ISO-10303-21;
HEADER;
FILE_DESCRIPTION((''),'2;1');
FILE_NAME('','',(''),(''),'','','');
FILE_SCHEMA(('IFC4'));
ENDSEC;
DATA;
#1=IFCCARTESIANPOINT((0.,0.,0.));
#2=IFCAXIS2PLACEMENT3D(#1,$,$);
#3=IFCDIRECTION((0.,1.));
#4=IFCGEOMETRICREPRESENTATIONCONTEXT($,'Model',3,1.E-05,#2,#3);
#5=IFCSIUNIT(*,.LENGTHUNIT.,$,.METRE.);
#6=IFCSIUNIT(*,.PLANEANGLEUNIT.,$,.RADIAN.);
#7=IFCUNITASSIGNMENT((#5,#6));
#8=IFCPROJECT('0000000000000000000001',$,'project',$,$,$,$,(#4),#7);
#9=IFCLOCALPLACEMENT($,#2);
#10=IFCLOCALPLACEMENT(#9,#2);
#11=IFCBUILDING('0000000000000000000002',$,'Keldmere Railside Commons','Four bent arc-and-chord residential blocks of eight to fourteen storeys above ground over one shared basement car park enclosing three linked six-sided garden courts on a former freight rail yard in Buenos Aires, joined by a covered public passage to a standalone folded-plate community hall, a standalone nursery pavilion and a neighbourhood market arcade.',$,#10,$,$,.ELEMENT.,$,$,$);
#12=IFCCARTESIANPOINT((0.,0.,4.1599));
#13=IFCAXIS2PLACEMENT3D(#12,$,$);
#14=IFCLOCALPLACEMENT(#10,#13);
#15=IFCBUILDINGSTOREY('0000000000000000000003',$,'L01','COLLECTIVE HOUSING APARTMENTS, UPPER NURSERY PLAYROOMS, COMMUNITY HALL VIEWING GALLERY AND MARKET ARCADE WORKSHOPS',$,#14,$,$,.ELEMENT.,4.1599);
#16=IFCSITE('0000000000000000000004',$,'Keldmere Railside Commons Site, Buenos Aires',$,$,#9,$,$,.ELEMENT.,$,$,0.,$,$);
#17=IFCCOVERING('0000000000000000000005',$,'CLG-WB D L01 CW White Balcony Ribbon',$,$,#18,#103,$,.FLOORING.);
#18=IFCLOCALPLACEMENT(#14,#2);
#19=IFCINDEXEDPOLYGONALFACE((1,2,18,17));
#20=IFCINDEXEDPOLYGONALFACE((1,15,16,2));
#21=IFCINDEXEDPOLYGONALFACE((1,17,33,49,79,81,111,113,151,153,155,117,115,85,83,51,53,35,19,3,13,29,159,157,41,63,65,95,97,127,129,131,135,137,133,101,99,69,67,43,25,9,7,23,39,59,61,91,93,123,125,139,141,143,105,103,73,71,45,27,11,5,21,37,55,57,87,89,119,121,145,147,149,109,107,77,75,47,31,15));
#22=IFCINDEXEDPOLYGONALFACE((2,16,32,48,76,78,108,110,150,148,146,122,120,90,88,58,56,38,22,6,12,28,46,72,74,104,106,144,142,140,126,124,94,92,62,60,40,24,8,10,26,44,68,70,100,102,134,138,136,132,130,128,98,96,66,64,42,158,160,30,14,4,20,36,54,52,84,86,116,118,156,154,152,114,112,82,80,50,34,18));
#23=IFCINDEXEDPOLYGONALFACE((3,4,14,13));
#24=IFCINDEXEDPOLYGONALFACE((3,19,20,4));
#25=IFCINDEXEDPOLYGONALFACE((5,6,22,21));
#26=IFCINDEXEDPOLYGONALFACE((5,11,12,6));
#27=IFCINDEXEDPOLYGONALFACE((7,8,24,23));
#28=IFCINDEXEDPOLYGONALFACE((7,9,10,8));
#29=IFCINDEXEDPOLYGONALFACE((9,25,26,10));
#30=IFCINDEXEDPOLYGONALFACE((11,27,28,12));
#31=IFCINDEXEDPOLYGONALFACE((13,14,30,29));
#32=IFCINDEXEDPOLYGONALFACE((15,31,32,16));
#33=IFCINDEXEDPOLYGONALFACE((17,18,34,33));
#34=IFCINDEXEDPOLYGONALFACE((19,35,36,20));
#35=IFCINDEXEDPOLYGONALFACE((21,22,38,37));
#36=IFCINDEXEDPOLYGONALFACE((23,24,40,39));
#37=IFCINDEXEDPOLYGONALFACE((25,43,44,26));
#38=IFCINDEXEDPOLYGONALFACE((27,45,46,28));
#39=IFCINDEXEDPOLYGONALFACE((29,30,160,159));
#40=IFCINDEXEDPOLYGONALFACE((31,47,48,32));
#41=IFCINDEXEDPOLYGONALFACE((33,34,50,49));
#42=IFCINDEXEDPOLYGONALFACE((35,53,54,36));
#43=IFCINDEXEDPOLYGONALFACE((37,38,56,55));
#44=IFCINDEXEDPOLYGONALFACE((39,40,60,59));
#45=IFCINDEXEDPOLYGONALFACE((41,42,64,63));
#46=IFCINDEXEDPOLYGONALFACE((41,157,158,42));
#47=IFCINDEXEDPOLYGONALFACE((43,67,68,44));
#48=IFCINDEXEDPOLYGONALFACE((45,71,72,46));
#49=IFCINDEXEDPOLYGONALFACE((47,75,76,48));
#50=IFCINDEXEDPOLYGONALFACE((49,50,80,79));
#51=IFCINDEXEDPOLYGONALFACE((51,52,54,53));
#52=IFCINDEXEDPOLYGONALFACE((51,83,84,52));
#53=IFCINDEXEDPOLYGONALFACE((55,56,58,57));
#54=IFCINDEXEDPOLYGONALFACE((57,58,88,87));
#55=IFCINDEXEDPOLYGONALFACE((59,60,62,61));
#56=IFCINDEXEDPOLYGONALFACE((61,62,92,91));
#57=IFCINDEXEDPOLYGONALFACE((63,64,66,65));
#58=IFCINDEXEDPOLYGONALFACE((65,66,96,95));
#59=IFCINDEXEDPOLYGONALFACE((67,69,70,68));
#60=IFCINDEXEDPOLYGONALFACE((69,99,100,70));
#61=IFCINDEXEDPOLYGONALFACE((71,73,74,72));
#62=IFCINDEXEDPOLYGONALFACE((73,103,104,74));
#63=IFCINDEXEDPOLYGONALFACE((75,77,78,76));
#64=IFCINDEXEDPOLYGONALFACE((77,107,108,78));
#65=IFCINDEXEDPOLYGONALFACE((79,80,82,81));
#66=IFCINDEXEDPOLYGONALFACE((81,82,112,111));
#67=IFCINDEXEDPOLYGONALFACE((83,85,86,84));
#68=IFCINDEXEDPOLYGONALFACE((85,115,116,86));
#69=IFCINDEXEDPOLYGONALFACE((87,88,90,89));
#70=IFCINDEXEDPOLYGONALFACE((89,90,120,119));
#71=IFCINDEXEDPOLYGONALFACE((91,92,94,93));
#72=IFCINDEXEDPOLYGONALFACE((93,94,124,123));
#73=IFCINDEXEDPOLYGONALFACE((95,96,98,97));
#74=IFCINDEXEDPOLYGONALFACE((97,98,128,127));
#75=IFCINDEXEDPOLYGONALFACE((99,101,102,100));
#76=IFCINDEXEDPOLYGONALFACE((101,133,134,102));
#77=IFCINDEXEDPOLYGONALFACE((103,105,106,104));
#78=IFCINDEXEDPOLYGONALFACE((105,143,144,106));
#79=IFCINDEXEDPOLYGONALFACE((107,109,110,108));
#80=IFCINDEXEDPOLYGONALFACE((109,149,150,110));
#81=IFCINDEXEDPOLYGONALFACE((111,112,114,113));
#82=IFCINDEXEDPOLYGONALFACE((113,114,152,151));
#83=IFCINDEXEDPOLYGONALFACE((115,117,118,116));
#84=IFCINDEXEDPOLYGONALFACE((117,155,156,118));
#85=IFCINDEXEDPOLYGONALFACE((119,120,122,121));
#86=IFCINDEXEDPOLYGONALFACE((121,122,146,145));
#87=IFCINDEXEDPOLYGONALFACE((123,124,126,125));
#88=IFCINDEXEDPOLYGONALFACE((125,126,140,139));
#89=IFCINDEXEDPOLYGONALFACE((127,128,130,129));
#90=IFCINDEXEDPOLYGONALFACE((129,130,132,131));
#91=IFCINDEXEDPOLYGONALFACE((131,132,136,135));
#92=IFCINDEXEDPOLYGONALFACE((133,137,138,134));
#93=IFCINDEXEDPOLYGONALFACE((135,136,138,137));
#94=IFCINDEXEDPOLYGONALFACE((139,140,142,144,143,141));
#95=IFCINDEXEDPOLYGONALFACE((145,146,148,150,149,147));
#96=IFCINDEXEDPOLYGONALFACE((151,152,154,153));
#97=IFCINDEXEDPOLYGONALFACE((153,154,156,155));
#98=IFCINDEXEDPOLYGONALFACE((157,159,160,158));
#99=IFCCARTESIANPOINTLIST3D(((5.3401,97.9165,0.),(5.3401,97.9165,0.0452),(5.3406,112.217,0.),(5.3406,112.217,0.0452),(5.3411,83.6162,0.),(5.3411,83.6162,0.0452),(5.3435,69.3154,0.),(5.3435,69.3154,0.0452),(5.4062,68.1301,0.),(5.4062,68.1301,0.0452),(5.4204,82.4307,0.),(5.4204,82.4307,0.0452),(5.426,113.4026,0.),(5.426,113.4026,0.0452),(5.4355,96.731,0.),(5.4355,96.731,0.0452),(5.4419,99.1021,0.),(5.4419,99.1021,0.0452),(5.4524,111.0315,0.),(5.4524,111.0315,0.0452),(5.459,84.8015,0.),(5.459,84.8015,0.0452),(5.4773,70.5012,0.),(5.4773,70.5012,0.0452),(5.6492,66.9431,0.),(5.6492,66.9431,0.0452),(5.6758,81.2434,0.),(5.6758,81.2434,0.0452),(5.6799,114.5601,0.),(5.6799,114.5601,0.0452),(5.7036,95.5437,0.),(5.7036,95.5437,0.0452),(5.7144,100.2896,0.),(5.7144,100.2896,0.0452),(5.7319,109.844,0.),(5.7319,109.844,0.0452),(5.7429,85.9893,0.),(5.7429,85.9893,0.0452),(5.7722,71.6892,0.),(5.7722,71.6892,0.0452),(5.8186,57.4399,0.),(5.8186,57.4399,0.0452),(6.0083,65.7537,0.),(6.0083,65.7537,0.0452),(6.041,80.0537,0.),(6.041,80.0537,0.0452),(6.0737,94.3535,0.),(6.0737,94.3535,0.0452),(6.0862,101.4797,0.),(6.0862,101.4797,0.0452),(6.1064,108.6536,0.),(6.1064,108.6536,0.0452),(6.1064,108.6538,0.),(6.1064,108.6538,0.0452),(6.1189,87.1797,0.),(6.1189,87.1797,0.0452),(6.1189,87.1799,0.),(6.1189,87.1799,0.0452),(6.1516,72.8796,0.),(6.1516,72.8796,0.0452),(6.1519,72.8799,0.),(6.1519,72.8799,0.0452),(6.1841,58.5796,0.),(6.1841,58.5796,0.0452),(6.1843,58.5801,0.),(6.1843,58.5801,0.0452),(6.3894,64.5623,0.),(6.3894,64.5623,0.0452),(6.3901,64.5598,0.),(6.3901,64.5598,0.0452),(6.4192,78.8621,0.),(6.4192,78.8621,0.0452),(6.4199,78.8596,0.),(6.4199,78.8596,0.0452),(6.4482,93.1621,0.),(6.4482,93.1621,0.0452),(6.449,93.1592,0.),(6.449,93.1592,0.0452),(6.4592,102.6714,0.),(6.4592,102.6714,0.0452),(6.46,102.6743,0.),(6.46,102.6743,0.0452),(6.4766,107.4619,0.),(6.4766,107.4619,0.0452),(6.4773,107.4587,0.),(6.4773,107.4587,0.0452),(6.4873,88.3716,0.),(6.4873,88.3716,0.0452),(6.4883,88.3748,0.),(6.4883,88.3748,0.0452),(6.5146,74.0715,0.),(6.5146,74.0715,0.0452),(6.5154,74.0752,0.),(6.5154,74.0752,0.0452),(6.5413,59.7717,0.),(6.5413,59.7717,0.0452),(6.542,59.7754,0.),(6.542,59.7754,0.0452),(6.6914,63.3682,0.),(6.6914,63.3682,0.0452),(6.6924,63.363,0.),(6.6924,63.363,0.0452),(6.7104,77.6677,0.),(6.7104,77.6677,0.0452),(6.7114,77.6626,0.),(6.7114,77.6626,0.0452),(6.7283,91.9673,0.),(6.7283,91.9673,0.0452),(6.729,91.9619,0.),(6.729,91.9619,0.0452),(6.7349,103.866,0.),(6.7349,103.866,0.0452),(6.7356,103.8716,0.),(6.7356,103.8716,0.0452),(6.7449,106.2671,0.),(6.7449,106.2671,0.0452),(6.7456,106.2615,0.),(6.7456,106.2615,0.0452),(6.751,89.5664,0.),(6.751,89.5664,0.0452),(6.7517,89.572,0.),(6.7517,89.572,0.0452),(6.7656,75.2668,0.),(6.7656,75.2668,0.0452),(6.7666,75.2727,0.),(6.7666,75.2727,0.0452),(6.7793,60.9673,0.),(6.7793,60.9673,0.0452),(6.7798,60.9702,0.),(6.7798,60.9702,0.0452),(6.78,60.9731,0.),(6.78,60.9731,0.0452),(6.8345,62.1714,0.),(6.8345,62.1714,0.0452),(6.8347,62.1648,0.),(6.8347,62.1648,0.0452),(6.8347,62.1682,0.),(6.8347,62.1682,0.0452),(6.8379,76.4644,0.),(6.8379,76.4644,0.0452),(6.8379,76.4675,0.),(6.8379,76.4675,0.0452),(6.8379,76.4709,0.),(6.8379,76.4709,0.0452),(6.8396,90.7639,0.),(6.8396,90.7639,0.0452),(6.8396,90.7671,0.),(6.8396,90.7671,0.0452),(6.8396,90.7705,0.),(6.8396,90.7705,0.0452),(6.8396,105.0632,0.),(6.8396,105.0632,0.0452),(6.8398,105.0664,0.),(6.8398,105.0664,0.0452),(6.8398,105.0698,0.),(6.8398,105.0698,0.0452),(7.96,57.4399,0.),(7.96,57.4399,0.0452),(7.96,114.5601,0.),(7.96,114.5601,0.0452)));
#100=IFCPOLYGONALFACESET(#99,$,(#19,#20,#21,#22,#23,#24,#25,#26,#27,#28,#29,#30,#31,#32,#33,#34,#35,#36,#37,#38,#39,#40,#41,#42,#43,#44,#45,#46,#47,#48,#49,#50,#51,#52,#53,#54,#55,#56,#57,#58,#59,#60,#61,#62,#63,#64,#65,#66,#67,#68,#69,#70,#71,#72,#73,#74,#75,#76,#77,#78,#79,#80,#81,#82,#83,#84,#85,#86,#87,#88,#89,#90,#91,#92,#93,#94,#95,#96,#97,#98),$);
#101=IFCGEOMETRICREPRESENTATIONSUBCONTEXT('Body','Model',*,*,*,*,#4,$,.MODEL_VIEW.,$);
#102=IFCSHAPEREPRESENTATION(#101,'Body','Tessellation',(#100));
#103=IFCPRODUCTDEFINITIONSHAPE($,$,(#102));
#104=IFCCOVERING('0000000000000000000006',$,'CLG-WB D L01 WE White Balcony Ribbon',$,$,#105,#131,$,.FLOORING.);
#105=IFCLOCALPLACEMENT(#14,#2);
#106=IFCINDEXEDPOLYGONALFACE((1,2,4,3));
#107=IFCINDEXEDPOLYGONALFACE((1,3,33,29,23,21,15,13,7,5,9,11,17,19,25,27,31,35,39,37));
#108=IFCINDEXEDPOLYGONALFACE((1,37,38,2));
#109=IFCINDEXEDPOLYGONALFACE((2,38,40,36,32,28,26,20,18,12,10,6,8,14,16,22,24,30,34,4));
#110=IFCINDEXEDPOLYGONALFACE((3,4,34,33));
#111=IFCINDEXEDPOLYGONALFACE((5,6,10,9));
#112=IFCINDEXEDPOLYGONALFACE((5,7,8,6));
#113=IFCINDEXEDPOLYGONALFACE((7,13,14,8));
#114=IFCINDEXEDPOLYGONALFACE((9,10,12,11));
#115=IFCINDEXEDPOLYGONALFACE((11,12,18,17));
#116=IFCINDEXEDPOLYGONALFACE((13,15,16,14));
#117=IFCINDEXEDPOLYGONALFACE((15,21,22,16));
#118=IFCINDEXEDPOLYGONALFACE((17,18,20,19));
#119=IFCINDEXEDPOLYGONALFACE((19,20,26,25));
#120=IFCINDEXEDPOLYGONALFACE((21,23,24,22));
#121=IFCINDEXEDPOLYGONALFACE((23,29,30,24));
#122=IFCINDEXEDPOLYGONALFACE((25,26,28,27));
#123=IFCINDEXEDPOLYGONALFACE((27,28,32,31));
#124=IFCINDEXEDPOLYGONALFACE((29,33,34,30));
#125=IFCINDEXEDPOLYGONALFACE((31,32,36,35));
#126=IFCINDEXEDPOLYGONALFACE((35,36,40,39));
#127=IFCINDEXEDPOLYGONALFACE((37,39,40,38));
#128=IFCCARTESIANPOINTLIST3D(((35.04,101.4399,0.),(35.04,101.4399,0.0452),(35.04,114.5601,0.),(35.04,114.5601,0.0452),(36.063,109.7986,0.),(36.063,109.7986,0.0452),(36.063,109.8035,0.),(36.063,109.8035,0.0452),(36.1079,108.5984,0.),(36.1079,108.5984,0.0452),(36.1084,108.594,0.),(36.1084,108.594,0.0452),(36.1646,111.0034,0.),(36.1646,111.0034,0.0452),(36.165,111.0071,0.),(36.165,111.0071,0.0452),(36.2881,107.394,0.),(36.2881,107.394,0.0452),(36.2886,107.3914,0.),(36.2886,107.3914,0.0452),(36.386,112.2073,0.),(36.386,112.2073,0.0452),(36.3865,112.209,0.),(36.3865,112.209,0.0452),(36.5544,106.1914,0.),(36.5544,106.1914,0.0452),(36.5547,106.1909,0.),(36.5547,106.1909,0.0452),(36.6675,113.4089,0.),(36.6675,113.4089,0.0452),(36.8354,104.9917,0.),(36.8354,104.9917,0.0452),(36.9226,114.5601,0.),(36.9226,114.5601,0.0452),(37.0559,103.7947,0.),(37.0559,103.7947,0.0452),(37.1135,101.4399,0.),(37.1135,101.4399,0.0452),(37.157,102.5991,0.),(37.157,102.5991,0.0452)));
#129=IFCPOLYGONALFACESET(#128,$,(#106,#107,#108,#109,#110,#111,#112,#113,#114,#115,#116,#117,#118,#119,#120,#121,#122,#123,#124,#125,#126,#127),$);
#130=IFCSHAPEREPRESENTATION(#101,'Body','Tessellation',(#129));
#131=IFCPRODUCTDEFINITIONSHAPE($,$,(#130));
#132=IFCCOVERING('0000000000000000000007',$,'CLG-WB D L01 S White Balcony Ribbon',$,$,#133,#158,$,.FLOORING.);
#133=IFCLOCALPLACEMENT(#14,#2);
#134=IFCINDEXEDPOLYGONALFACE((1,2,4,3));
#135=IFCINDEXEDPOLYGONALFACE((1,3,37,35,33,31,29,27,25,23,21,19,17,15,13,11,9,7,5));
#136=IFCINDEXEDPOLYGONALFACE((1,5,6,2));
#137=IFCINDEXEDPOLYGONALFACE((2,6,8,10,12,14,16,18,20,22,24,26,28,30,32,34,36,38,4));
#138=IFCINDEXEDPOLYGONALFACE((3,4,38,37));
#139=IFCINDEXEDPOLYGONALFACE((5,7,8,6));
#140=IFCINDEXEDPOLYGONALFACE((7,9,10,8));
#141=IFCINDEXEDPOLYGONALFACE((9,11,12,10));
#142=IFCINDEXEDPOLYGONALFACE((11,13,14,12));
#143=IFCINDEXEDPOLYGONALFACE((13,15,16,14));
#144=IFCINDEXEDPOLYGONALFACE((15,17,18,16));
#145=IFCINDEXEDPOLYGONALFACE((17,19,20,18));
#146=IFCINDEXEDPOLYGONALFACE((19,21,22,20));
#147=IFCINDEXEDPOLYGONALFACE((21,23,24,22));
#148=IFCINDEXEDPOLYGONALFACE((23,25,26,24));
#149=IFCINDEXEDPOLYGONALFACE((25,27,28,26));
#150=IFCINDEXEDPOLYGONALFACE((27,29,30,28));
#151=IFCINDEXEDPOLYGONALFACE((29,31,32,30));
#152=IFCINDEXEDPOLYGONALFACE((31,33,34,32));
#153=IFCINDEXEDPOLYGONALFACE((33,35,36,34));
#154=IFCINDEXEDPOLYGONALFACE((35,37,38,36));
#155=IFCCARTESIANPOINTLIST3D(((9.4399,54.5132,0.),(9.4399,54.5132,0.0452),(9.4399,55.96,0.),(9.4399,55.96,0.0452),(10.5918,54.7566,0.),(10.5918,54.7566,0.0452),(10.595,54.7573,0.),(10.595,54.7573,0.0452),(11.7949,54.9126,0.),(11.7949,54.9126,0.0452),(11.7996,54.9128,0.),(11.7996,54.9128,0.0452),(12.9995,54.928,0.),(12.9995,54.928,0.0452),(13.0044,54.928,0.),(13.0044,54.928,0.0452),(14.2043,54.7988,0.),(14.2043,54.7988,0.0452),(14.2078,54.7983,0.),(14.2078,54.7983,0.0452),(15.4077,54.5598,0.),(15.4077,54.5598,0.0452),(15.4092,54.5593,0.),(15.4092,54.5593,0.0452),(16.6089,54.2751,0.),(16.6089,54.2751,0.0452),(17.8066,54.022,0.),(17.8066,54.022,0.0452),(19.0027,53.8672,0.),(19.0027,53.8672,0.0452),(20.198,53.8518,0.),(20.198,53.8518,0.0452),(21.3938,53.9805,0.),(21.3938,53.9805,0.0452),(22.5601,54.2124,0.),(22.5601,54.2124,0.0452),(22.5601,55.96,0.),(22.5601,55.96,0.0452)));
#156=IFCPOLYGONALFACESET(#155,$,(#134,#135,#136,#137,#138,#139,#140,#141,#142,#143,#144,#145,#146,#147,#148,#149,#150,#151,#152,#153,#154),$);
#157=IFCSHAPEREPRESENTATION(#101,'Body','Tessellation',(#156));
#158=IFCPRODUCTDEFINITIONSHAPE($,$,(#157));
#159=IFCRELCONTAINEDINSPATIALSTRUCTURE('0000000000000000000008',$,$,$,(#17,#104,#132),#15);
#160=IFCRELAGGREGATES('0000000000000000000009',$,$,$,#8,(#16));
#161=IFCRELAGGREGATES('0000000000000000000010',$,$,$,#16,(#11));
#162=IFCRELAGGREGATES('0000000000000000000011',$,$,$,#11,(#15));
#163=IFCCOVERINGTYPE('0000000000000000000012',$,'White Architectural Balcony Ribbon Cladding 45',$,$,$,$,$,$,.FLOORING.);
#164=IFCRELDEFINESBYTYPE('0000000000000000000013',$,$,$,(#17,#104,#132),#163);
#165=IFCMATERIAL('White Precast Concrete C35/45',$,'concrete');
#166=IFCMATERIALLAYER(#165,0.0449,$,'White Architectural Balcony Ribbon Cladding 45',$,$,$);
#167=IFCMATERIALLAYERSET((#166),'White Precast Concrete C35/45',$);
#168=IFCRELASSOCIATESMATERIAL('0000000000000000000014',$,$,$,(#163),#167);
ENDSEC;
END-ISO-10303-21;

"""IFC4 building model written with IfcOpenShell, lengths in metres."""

from ifc_helpers import new_model, si_unit, direction, frame, origin, place, context, subcontext, project, spatial, polyline, outline, extrude, material, layer, layer_set, type_object, element, save


model = new_model("IFC4")

# Units and contexts
model_context = context("Model", 3, precision=1e-05, world=origin(), true_north=direction((0.0, 1.0)))
body_context = subcontext(model_context, "Body", "Model", "MODEL_VIEW")
ifc_project = project(units=[si_unit("LENGTHUNIT", "METRE"), si_unit("PLANEANGLEUNIT", "RADIAN")], contexts=[model_context])

# Site, building, storey
site_placement = place(None, origin())
site = spatial("IfcSite", under=ifc_project, at=site_placement, Name="Keldmere Railside Commons Site, Buenos Aires", CompositionType="ELEMENT", RefElevation=0.0)
building_placement = place(site_placement, origin())
building = spatial("IfcBuilding", under=site, at=building_placement, Name="Keldmere Railside Commons", Description="Four bent arc-and-chord residential blocks of eight to fourteen storeys above ground over one shared basement car park enclosing three linked six-sided garden courts on a former freight rail yard in Buenos Aires, joined by a covered public passage to a standalone folded-plate community hall, a standalone nursery pavilion and a neighbourhood market arcade.", CompositionType="ELEMENT")
storey_placement = place(building_placement, frame((0.0, 0.0, 4.1599)))
storey = spatial("IfcBuildingStorey", under=building, at=storey_placement, Name="L01", Description="COLLECTIVE HOUSING APARTMENTS, UPPER NURSERY PLAYROOMS, COMMUNITY HALL VIEWING GALLERY AND MARKET ARCADE WORKSHOPS", CompositionType="ELEMENT", Elevation=4.1599)

# Coverings
ifc_material_1 = material(Name="White Precast Concrete C35/45", Category="concrete")
ifc_layer_1 = layer(ifc_material_1, 0.0449, Name="White Architectural Balcony Ribbon Cladding 45")
ifc_layer_set_1 = layer_set([ifc_layer_1], Name="White Precast Concrete C35/45")
covering_type = type_object("IfcCoveringType", Name="White Architectural Balcony Ribbon Cladding 45", PredefinedType="FLOORING", material=ifc_layer_set_1)
covering_1_placement = place(storey_placement, origin())
element("IfcCovering", 1, at=covering_1_placement, inside=storey, type_object=covering_type, Name="CLG-WB D L01 CW White Balcony Ribbon", PredefinedType="FLOORING", context=body_context, shape_type="SweptSolid", body=[
    extrude(outline(polyline([(7.96, 114.5601), (5.6799, 114.5601), (5.426, 113.4026), (5.3406, 112.217), (5.4524, 111.0315), (5.7319, 109.844), (6.1064, 108.6538), (6.1064, 108.6536), (6.4766, 107.4619), (6.4773, 107.4587), (6.7449, 106.2671), (6.7456, 106.2615), (6.8398, 105.0698), (6.8398, 105.0664), (6.8396, 105.0632), (6.7356, 103.8716), (6.7349, 103.866), (6.46, 102.6743), (6.4592, 102.6714), (6.0862, 101.4797), (5.7144, 100.2896), (5.4419, 99.1021), (5.3401, 97.9165), (5.4355, 96.731), (5.7036, 95.5437), (6.0737, 94.3535), (6.4482, 93.1621), (6.449, 93.1592), (6.7283, 91.9673), (6.729, 91.9619), (6.8396, 90.7705), (6.8396, 90.7671), (6.8396, 90.7639), (6.7517, 89.572), (6.751, 89.5664), (6.4883, 88.3748), (6.4873, 88.3716), (6.1189, 87.1799), (6.1189, 87.1797), (5.7429, 85.9893), (5.459, 84.8015), (5.3411, 83.6162), (5.4204, 82.4307), (5.6758, 81.2434), (6.041, 80.0537), (6.4192, 78.8621), (6.4199, 78.8596), (6.7104, 77.6677), (6.7114, 77.6626), (6.8379, 76.4709), (6.8379, 76.4675), (6.8379, 76.4644), (6.7666, 75.2727), (6.7656, 75.2668), (6.5154, 74.0752), (6.5146, 74.0715), (6.1519, 72.8799), (6.1516, 72.8796), (5.7722, 71.6892), (5.4773, 70.5012), (5.3435, 69.3154), (5.4062, 68.1301), (5.6492, 66.9431), (6.0083, 65.7537), (6.3894, 64.5623), (6.3901, 64.5598), (6.6914, 63.3682), (6.6924, 63.363), (6.8345, 62.1714), (6.8347, 62.1682), (6.8347, 62.1648), (6.78, 60.9731), (6.7798, 60.9702), (6.7793, 60.9673), (6.542, 59.7754), (6.5413, 59.7717), (6.1843, 58.5801), (6.1841, 58.5796), (5.8186, 57.4399), (7.96, 57.4399), (7.96, 114.5601)])), origin(), (0.0, 0.0, 1.0), 0.0452),
])
covering_2_placement = place(storey_placement, origin())
element("IfcCovering", 2, at=covering_2_placement, inside=storey, type_object=covering_type, Name="CLG-WB D L01 WE White Balcony Ribbon", PredefinedType="FLOORING", context=body_context, shape_type="SweptSolid", body=[
    extrude(outline(polyline([(37.157, 102.5991), (37.0559, 103.7947), (36.8354, 104.9917), (36.5547, 106.1909), (36.5544, 106.1914), (36.2886, 107.3914), (36.2881, 107.394), (36.1084, 108.594), (36.1079, 108.5984), (36.063, 109.7986), (36.063, 109.8035), (36.1646, 111.0034), (36.165, 111.0071), (36.386, 112.2073), (36.3865, 112.209), (36.6675, 113.4089), (36.9226, 114.5601), (35.04, 114.5601), (35.04, 101.4399), (37.1135, 101.4399), (37.157, 102.5991)])), origin(), (0.0, 0.0, 1.0), 0.0452),
])
covering_3_placement = place(storey_placement, origin())
element("IfcCovering", 3, at=covering_3_placement, inside=storey, type_object=covering_type, Name="CLG-WB D L01 S White Balcony Ribbon", PredefinedType="FLOORING", context=body_context, shape_type="SweptSolid", body=[
    extrude(outline(polyline([(10.5918, 54.7566), (10.595, 54.7573), (11.7949, 54.9126), (11.7996, 54.9128), (12.9995, 54.928), (13.0044, 54.928), (14.2043, 54.7988), (14.2078, 54.7983), (15.4077, 54.5598), (15.4092, 54.5593), (16.6089, 54.2751), (17.8066, 54.022), (19.0027, 53.8672), (20.198, 53.8518), (21.3938, 53.9805), (22.5601, 54.2124), (22.5601, 55.96), (9.4399, 55.96), (9.4399, 54.5132), (10.5918, 54.7566)])), origin(), (0.0, 0.0, 1.0), 0.0452),
])

save(model, "model.ifc")
